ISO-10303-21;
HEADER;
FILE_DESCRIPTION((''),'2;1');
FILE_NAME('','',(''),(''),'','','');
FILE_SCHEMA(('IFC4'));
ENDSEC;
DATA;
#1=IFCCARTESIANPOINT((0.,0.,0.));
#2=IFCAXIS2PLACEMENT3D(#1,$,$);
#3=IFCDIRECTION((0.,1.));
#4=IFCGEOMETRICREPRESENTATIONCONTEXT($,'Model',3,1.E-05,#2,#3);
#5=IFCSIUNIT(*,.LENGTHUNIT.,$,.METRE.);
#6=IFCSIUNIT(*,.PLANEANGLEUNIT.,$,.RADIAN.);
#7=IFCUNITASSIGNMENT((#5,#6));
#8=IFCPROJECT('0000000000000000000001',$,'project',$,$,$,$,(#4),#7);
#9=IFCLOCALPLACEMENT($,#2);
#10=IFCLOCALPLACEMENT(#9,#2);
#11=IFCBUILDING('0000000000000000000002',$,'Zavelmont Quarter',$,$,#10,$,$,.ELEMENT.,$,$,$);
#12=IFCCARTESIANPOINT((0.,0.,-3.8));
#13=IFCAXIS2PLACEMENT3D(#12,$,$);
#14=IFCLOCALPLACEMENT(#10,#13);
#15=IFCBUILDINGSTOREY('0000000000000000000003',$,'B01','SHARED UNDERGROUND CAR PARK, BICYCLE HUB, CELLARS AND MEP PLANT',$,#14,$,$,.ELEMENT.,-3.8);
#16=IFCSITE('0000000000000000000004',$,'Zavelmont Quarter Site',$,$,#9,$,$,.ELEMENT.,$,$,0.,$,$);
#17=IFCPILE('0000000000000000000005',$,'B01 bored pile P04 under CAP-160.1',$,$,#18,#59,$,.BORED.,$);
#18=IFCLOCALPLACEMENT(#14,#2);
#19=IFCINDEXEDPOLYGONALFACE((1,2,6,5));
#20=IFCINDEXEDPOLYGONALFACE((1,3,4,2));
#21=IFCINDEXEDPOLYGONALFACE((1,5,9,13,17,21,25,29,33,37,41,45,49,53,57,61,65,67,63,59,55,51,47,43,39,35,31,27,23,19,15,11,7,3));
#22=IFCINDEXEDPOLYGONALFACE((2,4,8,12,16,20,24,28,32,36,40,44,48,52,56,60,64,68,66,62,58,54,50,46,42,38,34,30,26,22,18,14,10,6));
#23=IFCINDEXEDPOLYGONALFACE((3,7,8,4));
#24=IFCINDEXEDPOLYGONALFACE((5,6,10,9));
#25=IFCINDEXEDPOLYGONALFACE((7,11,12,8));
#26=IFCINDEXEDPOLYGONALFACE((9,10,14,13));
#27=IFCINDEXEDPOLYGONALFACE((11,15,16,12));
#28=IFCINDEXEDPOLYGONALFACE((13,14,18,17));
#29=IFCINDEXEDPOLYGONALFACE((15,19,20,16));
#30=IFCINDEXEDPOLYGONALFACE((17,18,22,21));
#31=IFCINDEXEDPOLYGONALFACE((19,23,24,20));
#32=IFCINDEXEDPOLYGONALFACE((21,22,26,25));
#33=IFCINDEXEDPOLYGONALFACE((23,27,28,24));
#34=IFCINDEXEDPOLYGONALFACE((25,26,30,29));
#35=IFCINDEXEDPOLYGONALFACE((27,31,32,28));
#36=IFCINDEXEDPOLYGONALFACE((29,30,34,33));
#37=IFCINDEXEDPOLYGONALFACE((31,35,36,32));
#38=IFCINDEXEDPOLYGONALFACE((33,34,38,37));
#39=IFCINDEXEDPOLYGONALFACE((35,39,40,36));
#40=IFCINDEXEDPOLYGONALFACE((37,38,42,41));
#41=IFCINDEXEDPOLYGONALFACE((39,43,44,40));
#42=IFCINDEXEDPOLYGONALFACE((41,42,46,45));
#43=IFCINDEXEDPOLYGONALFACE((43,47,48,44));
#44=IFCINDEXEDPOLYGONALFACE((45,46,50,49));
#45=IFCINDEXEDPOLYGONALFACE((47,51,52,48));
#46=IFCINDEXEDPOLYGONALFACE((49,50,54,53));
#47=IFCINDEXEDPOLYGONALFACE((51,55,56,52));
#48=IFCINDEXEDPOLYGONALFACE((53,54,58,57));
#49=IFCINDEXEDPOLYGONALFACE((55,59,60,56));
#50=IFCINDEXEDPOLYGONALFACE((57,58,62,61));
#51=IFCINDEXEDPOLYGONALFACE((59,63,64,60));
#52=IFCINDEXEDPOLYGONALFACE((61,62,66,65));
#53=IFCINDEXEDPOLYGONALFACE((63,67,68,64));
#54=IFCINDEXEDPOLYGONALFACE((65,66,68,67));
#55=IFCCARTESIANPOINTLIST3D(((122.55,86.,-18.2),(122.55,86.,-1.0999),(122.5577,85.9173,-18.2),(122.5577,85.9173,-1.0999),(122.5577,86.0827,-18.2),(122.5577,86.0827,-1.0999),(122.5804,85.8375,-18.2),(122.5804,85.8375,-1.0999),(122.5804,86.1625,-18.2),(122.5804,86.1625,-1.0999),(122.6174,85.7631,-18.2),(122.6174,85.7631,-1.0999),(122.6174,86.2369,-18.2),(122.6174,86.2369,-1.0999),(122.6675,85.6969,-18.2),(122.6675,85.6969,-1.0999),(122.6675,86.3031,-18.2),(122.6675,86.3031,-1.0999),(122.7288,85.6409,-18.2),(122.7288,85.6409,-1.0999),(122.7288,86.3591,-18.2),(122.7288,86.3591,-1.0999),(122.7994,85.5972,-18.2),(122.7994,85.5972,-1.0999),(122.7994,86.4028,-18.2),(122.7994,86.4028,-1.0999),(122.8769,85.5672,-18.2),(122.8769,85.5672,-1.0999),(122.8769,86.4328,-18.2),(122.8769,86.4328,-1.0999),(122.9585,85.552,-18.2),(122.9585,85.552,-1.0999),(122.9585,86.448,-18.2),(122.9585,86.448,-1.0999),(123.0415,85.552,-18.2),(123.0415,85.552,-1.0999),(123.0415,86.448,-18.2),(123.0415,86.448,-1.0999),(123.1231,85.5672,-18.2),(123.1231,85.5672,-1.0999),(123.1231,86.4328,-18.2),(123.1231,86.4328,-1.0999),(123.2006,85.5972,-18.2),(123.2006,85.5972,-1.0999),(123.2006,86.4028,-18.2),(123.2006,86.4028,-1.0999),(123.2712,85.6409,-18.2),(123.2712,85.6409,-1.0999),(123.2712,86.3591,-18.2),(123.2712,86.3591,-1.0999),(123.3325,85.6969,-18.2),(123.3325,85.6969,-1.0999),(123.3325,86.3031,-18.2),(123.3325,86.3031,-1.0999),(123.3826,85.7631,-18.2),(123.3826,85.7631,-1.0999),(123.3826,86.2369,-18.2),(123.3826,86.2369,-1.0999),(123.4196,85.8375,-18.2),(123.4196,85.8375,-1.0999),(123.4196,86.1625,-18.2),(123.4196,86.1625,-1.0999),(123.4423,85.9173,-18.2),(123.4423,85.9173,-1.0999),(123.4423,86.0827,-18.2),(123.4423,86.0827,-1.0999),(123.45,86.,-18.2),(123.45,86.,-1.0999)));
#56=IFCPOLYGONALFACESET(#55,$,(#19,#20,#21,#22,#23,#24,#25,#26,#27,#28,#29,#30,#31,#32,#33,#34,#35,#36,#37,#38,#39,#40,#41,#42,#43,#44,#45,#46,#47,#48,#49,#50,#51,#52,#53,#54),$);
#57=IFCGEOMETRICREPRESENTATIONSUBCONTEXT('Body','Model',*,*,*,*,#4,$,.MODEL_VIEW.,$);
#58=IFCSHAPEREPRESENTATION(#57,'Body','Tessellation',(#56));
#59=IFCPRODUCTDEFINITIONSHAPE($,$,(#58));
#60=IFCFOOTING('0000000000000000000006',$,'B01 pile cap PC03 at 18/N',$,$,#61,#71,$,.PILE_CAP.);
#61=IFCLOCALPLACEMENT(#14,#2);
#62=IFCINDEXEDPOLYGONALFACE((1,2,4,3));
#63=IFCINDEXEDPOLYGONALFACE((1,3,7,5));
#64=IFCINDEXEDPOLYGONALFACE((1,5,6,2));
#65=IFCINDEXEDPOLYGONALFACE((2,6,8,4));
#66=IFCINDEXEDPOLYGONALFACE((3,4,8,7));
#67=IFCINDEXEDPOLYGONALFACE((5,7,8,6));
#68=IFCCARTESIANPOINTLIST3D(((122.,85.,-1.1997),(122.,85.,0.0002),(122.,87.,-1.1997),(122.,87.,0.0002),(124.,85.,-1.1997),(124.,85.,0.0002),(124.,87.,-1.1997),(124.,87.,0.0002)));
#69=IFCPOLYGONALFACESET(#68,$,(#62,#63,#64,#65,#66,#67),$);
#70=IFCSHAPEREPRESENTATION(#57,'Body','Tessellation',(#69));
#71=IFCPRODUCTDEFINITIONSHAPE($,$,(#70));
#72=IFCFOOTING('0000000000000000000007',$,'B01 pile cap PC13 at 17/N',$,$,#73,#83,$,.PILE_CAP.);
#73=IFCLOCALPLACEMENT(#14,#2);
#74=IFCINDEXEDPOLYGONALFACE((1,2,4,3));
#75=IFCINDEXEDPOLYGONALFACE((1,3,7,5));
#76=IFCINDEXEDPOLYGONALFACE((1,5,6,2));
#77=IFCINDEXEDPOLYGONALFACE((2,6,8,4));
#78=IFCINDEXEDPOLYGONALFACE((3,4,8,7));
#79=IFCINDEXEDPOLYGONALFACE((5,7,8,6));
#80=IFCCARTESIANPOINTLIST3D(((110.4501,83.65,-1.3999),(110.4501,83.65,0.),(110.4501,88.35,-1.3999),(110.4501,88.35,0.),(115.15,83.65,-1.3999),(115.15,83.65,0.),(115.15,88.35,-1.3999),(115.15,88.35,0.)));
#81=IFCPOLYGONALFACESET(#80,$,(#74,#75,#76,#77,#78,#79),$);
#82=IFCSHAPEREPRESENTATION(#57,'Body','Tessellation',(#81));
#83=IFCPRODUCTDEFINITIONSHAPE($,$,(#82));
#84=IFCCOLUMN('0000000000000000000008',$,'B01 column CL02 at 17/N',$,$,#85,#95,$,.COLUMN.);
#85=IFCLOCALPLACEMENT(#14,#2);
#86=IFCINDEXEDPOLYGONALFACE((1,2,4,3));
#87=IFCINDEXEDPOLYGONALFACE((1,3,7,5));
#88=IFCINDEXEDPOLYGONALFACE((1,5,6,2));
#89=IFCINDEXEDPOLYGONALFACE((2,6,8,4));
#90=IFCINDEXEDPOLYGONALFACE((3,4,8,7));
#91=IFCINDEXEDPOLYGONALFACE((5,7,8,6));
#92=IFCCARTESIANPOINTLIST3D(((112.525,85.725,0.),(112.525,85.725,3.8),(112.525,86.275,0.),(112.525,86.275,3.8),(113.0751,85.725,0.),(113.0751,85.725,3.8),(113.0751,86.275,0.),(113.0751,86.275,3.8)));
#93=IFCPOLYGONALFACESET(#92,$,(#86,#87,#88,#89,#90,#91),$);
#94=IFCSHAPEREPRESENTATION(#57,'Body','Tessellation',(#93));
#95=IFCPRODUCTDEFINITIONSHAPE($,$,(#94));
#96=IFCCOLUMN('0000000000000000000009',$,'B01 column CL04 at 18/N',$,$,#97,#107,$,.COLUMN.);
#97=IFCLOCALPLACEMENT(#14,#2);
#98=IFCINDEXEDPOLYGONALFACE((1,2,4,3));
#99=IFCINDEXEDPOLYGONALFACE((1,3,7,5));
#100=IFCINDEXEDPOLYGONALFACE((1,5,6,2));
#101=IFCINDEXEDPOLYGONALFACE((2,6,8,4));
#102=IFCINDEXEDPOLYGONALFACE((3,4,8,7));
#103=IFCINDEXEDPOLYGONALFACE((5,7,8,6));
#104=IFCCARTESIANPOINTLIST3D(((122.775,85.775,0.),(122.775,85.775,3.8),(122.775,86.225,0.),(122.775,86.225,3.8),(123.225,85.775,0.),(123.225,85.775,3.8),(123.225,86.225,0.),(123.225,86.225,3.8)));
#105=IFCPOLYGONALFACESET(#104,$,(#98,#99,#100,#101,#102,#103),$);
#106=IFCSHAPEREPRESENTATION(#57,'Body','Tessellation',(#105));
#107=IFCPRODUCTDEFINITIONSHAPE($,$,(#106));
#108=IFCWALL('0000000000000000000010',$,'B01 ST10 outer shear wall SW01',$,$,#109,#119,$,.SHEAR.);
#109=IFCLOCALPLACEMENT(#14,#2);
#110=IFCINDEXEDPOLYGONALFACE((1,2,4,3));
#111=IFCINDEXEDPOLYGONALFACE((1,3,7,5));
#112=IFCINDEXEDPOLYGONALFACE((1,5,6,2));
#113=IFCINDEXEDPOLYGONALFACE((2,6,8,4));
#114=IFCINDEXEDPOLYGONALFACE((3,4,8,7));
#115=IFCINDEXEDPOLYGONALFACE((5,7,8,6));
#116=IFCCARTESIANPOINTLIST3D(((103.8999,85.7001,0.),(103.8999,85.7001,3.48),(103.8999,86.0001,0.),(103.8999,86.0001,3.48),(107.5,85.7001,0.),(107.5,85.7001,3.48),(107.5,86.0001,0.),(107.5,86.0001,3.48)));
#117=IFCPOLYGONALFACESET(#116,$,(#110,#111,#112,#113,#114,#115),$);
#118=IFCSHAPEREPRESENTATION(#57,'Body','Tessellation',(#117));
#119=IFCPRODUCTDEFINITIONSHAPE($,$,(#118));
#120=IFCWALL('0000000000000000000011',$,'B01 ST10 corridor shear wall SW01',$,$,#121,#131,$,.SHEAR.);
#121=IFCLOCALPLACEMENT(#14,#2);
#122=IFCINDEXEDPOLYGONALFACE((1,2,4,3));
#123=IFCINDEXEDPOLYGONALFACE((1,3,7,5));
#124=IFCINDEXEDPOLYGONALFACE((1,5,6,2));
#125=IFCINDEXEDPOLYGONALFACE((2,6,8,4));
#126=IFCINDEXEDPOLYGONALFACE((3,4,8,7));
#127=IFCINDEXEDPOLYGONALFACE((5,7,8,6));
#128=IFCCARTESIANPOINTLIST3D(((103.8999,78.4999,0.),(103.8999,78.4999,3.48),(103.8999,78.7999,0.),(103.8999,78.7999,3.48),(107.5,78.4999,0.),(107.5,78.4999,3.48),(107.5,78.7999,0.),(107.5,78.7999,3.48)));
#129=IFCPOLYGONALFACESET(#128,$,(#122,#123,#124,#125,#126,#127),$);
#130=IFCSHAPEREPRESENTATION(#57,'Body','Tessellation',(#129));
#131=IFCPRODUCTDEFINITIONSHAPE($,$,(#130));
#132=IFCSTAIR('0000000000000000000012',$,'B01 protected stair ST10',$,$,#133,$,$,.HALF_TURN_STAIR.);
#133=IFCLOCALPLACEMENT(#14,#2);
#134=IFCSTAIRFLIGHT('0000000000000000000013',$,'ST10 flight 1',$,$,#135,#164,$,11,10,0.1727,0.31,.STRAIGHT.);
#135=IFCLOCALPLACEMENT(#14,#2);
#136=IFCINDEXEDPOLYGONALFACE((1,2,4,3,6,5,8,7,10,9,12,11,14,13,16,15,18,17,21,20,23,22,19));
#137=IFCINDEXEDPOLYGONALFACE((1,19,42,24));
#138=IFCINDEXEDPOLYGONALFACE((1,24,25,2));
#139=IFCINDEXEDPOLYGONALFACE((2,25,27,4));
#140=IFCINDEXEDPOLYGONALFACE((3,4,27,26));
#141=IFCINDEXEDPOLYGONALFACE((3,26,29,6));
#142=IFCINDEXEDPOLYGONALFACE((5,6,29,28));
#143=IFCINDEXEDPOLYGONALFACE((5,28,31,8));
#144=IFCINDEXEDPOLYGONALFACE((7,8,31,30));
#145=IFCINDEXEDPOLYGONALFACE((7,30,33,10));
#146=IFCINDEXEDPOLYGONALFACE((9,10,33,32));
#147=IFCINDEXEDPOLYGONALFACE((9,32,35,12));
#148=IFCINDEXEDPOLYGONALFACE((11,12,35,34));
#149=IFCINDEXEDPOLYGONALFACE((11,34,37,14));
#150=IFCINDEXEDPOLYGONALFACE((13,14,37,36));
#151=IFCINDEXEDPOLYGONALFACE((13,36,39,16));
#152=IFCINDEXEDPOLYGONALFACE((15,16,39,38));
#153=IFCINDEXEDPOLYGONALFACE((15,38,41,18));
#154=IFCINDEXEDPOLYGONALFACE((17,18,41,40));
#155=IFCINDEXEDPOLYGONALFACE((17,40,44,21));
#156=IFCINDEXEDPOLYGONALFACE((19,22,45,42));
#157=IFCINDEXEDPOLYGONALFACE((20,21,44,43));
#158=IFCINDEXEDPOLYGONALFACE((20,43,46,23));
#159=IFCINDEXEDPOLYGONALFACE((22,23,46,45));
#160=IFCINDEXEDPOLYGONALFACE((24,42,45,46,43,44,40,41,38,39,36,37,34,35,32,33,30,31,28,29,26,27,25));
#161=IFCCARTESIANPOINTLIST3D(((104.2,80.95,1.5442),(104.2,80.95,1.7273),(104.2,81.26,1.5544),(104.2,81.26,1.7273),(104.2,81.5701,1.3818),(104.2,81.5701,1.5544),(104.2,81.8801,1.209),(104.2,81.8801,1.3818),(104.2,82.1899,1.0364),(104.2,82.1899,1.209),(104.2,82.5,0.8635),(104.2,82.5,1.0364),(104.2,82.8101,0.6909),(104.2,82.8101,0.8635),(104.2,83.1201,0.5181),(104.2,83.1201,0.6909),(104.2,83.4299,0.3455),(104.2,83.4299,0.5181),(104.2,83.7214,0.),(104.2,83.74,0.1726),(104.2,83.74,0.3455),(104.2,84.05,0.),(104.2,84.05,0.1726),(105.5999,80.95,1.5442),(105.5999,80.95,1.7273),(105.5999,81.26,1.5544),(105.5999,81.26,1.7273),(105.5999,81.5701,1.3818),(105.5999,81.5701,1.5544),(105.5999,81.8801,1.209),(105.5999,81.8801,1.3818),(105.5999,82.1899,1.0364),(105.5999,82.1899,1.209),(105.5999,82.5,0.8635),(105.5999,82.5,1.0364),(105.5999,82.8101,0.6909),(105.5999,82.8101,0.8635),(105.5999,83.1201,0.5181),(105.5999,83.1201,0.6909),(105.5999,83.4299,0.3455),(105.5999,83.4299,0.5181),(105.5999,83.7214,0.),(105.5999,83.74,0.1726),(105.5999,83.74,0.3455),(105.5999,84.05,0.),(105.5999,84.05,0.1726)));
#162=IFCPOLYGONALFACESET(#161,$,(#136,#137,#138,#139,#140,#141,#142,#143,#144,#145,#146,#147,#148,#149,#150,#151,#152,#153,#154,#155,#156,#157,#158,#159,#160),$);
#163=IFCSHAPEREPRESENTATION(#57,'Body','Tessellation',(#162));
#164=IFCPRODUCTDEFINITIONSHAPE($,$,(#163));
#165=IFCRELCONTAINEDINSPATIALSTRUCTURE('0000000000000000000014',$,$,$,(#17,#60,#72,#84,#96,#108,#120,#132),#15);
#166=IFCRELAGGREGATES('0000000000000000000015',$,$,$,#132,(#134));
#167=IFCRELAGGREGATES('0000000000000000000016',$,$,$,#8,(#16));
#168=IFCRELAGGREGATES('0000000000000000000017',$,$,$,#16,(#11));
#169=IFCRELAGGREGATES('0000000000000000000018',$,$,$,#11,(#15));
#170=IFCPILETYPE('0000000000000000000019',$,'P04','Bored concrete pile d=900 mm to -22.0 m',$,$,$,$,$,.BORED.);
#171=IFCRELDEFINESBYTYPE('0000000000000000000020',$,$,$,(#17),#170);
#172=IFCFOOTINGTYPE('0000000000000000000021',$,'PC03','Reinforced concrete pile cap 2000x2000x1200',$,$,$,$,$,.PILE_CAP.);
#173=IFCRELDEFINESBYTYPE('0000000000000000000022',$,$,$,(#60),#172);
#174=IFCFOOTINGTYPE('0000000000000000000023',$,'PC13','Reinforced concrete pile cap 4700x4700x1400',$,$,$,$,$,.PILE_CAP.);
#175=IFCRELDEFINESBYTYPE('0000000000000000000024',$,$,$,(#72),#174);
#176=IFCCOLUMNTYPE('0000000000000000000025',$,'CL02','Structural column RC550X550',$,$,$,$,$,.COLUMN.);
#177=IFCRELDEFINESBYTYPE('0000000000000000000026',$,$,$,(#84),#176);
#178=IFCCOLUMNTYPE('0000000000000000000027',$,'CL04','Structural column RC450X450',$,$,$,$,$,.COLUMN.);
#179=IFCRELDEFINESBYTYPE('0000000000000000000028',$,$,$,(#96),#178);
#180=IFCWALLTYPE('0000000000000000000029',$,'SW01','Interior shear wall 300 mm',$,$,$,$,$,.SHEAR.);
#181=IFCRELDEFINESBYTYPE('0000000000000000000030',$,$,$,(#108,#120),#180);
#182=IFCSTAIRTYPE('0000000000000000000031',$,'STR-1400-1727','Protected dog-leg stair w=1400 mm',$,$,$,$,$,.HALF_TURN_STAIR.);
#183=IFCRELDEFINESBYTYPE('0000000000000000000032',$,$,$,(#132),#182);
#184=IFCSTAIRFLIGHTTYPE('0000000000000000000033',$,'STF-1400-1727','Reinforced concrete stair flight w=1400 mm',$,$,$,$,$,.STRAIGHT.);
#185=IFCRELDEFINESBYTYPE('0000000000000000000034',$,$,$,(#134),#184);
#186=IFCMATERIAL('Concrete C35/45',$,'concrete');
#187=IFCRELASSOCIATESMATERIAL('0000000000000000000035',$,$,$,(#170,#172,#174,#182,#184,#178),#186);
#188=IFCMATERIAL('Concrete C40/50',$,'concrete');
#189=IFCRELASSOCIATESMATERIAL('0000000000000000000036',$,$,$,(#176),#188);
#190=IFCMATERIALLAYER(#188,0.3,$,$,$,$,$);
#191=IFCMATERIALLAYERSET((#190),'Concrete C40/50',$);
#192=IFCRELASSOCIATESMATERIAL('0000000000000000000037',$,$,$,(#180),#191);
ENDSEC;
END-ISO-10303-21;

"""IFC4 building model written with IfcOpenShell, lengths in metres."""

from ifc_helpers import new_model, si_unit, direction, frame, frame_2d, origin, origin_2d, place, context, subcontext, project, spatial, polyline, rectangle, circle, outline, extrude, material, layer, layer_set, material_profile, profile_set, type_object, element, aggregate, save


model = new_model("IFC4")

# Units and contexts
model_context = context("Model", 3, precision=1e-05, world=origin(), true_north=direction((0.0, 1.0)))
body_context = subcontext(model_context, "Body", "Model", "MODEL_VIEW")
ifc_project = project(units=[si_unit("LENGTHUNIT", "METRE"), si_unit("PLANEANGLEUNIT", "RADIAN")], contexts=[model_context])

# Site, building, storey
site_placement = place(None, origin())
site = spatial("IfcSite", under=ifc_project, at=site_placement, Name="Zavelmont Quarter Site", CompositionType="ELEMENT", RefElevation=0.0)
building_placement = place(site_placement, origin())
building = spatial("IfcBuilding", under=site, at=building_placement, Name="Zavelmont Quarter", CompositionType="ELEMENT")
storey_placement = place(building_placement, frame((0.0, 0.0, -3.8)))
storey = spatial("IfcBuildingStorey", under=building, at=storey_placement, Name="B01", Description="SHARED UNDERGROUND CAR PARK, BICYCLE HUB, CELLARS AND MEP PLANT", CompositionType="ELEMENT", Elevation=-3.8)

# Shared definitions
ifc_material_1 = material(Name="Concrete C35/45", Category="concrete")

# Pile
ifc_material_profile_1 = material_profile(ifc_material_1, circle(Radius=0.45, at=origin_2d()), Name="BP900")
ifc_profile_set_1 = profile_set([ifc_material_profile_1], Name="Concrete C35/45")
pile_type_1 = type_object("IfcPileType", Name="P04", Description="Bored concrete pile d=900 mm to -22.0 m", PredefinedType="BORED", material=ifc_profile_set_1)
pile_1_placement = place(storey_placement, frame((123.0, 86.0, -1.0999), z_axis=(0.0, 0.0, -1.0), x_axis=(1.0, 0.0, 0.0)))
element("IfcPile", 1, at=pile_1_placement, inside=storey, type_object=pile_type_1, Name="B01 bored pile P04 under CAP-160.1", PredefinedType="BORED", context=body_context, shape_type="SweptSolid", body=[
    extrude(circle(Radius=0.45, at=origin_2d()), origin(), (0.0, 0.0, 1.0), 17.1001),
])

# Footings
footing_type_1 = type_object("IfcFootingType", Name="PC03", Description="Reinforced concrete pile cap 2000x2000x1200", PredefinedType="PILE_CAP", material=ifc_material_1)
footing_1_placement = place(storey_placement, frame((123.0, 86.0, -1.1997), z_axis=(0.0, 0.0, 1.0), x_axis=(1.0, 0.0, 0.0)))
element("IfcFooting", 2, at=footing_1_placement, inside=storey, type_object=footing_type_1, Name="B01 pile cap PC03 at 18/N", PredefinedType="PILE_CAP", context=body_context, shape_type="SweptSolid", body=[
    extrude(rectangle(XDim=2.0, YDim=2.0, at=origin_2d()), origin(), (0.0, 0.0, 1.0), 1.2),
])
footing_type_2 = type_object("IfcFootingType", Name="PC13", Description="Reinforced concrete pile cap 4700x4700x1400", PredefinedType="PILE_CAP", material=ifc_material_1)
footing_2_placement = place(storey_placement, frame((112.8, 86.0, -1.3999), z_axis=(0.0, 0.0, 1.0), x_axis=(1.0, 0.0, 0.0)))
element("IfcFooting", 3, at=footing_2_placement, inside=storey, type_object=footing_type_2, Name="B01 pile cap PC13 at 17/N", PredefinedType="PILE_CAP", context=body_context, shape_type="SweptSolid", body=[
    extrude(rectangle(XDim=4.7, YDim=4.7, at=origin_2d()), origin(), (0.0, 0.0, 1.0), 1.3999),
])

# Columns
ifc_material_2 = material(Name="Concrete C40/50", Category="concrete")
ifc_material_profile_2 = material_profile(ifc_material_2, rectangle(XDim=0.55, YDim=0.55, at=origin_2d()), Name="RC550X550")
ifc_profile_set_2 = profile_set([ifc_material_profile_2], Name="Concrete C40/50")
column_type_1 = type_object("IfcColumnType", Name="CL02", Description="Structural column RC550X550", PredefinedType="COLUMN", material=ifc_profile_set_2)
column_1_placement = place(storey_placement, frame((112.8, 86.0, 0.0), z_axis=(0.0, 0.0, 1.0), x_axis=(1.0, 0.0, 0.0)))
element("IfcColumn", 4, at=column_1_placement, inside=storey, type_object=column_type_1, Name="B01 column CL02 at 17/N", PredefinedType="COLUMN", context=body_context, shape_type="SweptSolid", body=[
    extrude(rectangle(XDim=0.55, YDim=0.55, at=origin_2d()), origin(), (0.0, 0.0, 1.0), 3.8),
])
ifc_material_profile_3 = material_profile(ifc_material_1, rectangle(XDim=0.45, YDim=0.45, at=origin_2d()), Name="RC450X450")
ifc_profile_set_3 = profile_set([ifc_material_profile_3], Name="Concrete C35/45")
column_type_2 = type_object("IfcColumnType", Name="CL04", Description="Structural column RC450X450", PredefinedType="COLUMN", material=ifc_profile_set_3)
column_2_placement = place(storey_placement, frame((123.0, 86.0, 0.0), z_axis=(0.0, 0.0, 1.0), x_axis=(1.0, 0.0, 0.0)))
element("IfcColumn", 5, at=column_2_placement, inside=storey, type_object=column_type_2, Name="B01 column CL04 at 18/N", PredefinedType="COLUMN", context=body_context, shape_type="SweptSolid", body=[
    extrude(rectangle(XDim=0.45, YDim=0.45, at=origin_2d()), origin(), (0.0, 0.0, 1.0), 3.8),
])

# Walls
ifc_layer_1 = layer(ifc_material_2, 0.3)
ifc_layer_set_1 = layer_set([ifc_layer_1], Name="Concrete C40/50")
wall_type_1 = type_object("IfcWallType", Name="SW01", Description="Interior shear wall 300 mm", PredefinedType="SHEAR", material=ifc_layer_set_1)
for number, where, z_axis, x_axis, name in (
    (6, (103.8999, 85.8501, 0.0), (0.0, 0.0, 1.0), (1.0, 0.0, 0.0), "B01 ST10 outer shear wall SW01"),
    (7, (103.8999, 78.6499, 0.0), (0.0, 0.0, 1.0), (1.0, 0.0, 0.0), "B01 ST10 corridor shear wall SW01"),
):
    element("IfcWall", number, at=place(storey_placement, frame(where, z_axis=z_axis, x_axis=x_axis)), inside=storey, type_object=wall_type_1, Name=name, PredefinedType="SHEAR", context=body_context, shape_type="SweptSolid", body=[
        extrude(rectangle(XDim=3.6001, YDim=0.3, at=frame_2d((1.8, 0.0))), origin(), (0.0, 0.0, 1.0), 3.48),
    ])

# Stair, stair flight
stair_type = type_object("IfcStairType", Name="STR-1400-1727", Description="Protected dog-leg stair w=1400 mm", PredefinedType="HALF_TURN_STAIR", material=ifc_material_1)
stair_placement = place(storey_placement, origin())
stair = element("IfcStair", 8, at=stair_placement, inside=storey, type_object=stair_type, Name="B01 protected stair ST10", PredefinedType="HALF_TURN_STAIR")
stair_flight_type = type_object("IfcStairFlightType", Name="STF-1400-1727", Description="Reinforced concrete stair flight w=1400 mm", PredefinedType="STRAIGHT", material=ifc_material_1)
stair_flight_1_placement = place(storey_placement, frame((104.8999, 84.05, 0.0), z_axis=(0.0, 0.0, 1.0), x_axis=(0.0, -1.0, 0.0)))
stair_flight_1 = element("IfcStairFlight", 9, at=stair_flight_1_placement, type_object=stair_flight_type, Name="ST10 flight 1", NumberOfRisers=11, NumberOfTreads=10, PredefinedType="STRAIGHT", RiserHeight=0.1727, TreadLength=0.31, context=body_context, shape_type="SweptSolid", body=[
    extrude(outline(polyline([(0.0, 0.0), (0.0, 0.1726), (0.3101, 0.1726), (0.3101, 0.3455), (0.6201, 0.3455), (0.6201, 0.5181), (0.9299, 0.5181), (0.9299, 0.6909), (1.24, 0.6909), (1.24, 0.8635), (1.55, 0.8635), (1.55, 1.0364), (1.8601, 1.0364), (1.8601, 1.209), (2.1699, 1.209), (2.1699, 1.3818), (2.48, 1.3818), (2.48, 1.5544), (2.79, 1.5544), (2.79, 1.7273), (3.1001, 1.7273), (3.1001, 1.8999), (3.1001, 1.5442), (0.3286, 0.0), (0.0, 0.0)])), frame((0.0, 0.7, 0.0), z_axis=(0.0, -1.0, 0.0), x_axis=(1.0, 0.0, 0.0)), (0.0, 0.0, 1.0), 1.3999),
])
aggregate(stair, [stair_flight_1])

save(model, "model.ifc")
